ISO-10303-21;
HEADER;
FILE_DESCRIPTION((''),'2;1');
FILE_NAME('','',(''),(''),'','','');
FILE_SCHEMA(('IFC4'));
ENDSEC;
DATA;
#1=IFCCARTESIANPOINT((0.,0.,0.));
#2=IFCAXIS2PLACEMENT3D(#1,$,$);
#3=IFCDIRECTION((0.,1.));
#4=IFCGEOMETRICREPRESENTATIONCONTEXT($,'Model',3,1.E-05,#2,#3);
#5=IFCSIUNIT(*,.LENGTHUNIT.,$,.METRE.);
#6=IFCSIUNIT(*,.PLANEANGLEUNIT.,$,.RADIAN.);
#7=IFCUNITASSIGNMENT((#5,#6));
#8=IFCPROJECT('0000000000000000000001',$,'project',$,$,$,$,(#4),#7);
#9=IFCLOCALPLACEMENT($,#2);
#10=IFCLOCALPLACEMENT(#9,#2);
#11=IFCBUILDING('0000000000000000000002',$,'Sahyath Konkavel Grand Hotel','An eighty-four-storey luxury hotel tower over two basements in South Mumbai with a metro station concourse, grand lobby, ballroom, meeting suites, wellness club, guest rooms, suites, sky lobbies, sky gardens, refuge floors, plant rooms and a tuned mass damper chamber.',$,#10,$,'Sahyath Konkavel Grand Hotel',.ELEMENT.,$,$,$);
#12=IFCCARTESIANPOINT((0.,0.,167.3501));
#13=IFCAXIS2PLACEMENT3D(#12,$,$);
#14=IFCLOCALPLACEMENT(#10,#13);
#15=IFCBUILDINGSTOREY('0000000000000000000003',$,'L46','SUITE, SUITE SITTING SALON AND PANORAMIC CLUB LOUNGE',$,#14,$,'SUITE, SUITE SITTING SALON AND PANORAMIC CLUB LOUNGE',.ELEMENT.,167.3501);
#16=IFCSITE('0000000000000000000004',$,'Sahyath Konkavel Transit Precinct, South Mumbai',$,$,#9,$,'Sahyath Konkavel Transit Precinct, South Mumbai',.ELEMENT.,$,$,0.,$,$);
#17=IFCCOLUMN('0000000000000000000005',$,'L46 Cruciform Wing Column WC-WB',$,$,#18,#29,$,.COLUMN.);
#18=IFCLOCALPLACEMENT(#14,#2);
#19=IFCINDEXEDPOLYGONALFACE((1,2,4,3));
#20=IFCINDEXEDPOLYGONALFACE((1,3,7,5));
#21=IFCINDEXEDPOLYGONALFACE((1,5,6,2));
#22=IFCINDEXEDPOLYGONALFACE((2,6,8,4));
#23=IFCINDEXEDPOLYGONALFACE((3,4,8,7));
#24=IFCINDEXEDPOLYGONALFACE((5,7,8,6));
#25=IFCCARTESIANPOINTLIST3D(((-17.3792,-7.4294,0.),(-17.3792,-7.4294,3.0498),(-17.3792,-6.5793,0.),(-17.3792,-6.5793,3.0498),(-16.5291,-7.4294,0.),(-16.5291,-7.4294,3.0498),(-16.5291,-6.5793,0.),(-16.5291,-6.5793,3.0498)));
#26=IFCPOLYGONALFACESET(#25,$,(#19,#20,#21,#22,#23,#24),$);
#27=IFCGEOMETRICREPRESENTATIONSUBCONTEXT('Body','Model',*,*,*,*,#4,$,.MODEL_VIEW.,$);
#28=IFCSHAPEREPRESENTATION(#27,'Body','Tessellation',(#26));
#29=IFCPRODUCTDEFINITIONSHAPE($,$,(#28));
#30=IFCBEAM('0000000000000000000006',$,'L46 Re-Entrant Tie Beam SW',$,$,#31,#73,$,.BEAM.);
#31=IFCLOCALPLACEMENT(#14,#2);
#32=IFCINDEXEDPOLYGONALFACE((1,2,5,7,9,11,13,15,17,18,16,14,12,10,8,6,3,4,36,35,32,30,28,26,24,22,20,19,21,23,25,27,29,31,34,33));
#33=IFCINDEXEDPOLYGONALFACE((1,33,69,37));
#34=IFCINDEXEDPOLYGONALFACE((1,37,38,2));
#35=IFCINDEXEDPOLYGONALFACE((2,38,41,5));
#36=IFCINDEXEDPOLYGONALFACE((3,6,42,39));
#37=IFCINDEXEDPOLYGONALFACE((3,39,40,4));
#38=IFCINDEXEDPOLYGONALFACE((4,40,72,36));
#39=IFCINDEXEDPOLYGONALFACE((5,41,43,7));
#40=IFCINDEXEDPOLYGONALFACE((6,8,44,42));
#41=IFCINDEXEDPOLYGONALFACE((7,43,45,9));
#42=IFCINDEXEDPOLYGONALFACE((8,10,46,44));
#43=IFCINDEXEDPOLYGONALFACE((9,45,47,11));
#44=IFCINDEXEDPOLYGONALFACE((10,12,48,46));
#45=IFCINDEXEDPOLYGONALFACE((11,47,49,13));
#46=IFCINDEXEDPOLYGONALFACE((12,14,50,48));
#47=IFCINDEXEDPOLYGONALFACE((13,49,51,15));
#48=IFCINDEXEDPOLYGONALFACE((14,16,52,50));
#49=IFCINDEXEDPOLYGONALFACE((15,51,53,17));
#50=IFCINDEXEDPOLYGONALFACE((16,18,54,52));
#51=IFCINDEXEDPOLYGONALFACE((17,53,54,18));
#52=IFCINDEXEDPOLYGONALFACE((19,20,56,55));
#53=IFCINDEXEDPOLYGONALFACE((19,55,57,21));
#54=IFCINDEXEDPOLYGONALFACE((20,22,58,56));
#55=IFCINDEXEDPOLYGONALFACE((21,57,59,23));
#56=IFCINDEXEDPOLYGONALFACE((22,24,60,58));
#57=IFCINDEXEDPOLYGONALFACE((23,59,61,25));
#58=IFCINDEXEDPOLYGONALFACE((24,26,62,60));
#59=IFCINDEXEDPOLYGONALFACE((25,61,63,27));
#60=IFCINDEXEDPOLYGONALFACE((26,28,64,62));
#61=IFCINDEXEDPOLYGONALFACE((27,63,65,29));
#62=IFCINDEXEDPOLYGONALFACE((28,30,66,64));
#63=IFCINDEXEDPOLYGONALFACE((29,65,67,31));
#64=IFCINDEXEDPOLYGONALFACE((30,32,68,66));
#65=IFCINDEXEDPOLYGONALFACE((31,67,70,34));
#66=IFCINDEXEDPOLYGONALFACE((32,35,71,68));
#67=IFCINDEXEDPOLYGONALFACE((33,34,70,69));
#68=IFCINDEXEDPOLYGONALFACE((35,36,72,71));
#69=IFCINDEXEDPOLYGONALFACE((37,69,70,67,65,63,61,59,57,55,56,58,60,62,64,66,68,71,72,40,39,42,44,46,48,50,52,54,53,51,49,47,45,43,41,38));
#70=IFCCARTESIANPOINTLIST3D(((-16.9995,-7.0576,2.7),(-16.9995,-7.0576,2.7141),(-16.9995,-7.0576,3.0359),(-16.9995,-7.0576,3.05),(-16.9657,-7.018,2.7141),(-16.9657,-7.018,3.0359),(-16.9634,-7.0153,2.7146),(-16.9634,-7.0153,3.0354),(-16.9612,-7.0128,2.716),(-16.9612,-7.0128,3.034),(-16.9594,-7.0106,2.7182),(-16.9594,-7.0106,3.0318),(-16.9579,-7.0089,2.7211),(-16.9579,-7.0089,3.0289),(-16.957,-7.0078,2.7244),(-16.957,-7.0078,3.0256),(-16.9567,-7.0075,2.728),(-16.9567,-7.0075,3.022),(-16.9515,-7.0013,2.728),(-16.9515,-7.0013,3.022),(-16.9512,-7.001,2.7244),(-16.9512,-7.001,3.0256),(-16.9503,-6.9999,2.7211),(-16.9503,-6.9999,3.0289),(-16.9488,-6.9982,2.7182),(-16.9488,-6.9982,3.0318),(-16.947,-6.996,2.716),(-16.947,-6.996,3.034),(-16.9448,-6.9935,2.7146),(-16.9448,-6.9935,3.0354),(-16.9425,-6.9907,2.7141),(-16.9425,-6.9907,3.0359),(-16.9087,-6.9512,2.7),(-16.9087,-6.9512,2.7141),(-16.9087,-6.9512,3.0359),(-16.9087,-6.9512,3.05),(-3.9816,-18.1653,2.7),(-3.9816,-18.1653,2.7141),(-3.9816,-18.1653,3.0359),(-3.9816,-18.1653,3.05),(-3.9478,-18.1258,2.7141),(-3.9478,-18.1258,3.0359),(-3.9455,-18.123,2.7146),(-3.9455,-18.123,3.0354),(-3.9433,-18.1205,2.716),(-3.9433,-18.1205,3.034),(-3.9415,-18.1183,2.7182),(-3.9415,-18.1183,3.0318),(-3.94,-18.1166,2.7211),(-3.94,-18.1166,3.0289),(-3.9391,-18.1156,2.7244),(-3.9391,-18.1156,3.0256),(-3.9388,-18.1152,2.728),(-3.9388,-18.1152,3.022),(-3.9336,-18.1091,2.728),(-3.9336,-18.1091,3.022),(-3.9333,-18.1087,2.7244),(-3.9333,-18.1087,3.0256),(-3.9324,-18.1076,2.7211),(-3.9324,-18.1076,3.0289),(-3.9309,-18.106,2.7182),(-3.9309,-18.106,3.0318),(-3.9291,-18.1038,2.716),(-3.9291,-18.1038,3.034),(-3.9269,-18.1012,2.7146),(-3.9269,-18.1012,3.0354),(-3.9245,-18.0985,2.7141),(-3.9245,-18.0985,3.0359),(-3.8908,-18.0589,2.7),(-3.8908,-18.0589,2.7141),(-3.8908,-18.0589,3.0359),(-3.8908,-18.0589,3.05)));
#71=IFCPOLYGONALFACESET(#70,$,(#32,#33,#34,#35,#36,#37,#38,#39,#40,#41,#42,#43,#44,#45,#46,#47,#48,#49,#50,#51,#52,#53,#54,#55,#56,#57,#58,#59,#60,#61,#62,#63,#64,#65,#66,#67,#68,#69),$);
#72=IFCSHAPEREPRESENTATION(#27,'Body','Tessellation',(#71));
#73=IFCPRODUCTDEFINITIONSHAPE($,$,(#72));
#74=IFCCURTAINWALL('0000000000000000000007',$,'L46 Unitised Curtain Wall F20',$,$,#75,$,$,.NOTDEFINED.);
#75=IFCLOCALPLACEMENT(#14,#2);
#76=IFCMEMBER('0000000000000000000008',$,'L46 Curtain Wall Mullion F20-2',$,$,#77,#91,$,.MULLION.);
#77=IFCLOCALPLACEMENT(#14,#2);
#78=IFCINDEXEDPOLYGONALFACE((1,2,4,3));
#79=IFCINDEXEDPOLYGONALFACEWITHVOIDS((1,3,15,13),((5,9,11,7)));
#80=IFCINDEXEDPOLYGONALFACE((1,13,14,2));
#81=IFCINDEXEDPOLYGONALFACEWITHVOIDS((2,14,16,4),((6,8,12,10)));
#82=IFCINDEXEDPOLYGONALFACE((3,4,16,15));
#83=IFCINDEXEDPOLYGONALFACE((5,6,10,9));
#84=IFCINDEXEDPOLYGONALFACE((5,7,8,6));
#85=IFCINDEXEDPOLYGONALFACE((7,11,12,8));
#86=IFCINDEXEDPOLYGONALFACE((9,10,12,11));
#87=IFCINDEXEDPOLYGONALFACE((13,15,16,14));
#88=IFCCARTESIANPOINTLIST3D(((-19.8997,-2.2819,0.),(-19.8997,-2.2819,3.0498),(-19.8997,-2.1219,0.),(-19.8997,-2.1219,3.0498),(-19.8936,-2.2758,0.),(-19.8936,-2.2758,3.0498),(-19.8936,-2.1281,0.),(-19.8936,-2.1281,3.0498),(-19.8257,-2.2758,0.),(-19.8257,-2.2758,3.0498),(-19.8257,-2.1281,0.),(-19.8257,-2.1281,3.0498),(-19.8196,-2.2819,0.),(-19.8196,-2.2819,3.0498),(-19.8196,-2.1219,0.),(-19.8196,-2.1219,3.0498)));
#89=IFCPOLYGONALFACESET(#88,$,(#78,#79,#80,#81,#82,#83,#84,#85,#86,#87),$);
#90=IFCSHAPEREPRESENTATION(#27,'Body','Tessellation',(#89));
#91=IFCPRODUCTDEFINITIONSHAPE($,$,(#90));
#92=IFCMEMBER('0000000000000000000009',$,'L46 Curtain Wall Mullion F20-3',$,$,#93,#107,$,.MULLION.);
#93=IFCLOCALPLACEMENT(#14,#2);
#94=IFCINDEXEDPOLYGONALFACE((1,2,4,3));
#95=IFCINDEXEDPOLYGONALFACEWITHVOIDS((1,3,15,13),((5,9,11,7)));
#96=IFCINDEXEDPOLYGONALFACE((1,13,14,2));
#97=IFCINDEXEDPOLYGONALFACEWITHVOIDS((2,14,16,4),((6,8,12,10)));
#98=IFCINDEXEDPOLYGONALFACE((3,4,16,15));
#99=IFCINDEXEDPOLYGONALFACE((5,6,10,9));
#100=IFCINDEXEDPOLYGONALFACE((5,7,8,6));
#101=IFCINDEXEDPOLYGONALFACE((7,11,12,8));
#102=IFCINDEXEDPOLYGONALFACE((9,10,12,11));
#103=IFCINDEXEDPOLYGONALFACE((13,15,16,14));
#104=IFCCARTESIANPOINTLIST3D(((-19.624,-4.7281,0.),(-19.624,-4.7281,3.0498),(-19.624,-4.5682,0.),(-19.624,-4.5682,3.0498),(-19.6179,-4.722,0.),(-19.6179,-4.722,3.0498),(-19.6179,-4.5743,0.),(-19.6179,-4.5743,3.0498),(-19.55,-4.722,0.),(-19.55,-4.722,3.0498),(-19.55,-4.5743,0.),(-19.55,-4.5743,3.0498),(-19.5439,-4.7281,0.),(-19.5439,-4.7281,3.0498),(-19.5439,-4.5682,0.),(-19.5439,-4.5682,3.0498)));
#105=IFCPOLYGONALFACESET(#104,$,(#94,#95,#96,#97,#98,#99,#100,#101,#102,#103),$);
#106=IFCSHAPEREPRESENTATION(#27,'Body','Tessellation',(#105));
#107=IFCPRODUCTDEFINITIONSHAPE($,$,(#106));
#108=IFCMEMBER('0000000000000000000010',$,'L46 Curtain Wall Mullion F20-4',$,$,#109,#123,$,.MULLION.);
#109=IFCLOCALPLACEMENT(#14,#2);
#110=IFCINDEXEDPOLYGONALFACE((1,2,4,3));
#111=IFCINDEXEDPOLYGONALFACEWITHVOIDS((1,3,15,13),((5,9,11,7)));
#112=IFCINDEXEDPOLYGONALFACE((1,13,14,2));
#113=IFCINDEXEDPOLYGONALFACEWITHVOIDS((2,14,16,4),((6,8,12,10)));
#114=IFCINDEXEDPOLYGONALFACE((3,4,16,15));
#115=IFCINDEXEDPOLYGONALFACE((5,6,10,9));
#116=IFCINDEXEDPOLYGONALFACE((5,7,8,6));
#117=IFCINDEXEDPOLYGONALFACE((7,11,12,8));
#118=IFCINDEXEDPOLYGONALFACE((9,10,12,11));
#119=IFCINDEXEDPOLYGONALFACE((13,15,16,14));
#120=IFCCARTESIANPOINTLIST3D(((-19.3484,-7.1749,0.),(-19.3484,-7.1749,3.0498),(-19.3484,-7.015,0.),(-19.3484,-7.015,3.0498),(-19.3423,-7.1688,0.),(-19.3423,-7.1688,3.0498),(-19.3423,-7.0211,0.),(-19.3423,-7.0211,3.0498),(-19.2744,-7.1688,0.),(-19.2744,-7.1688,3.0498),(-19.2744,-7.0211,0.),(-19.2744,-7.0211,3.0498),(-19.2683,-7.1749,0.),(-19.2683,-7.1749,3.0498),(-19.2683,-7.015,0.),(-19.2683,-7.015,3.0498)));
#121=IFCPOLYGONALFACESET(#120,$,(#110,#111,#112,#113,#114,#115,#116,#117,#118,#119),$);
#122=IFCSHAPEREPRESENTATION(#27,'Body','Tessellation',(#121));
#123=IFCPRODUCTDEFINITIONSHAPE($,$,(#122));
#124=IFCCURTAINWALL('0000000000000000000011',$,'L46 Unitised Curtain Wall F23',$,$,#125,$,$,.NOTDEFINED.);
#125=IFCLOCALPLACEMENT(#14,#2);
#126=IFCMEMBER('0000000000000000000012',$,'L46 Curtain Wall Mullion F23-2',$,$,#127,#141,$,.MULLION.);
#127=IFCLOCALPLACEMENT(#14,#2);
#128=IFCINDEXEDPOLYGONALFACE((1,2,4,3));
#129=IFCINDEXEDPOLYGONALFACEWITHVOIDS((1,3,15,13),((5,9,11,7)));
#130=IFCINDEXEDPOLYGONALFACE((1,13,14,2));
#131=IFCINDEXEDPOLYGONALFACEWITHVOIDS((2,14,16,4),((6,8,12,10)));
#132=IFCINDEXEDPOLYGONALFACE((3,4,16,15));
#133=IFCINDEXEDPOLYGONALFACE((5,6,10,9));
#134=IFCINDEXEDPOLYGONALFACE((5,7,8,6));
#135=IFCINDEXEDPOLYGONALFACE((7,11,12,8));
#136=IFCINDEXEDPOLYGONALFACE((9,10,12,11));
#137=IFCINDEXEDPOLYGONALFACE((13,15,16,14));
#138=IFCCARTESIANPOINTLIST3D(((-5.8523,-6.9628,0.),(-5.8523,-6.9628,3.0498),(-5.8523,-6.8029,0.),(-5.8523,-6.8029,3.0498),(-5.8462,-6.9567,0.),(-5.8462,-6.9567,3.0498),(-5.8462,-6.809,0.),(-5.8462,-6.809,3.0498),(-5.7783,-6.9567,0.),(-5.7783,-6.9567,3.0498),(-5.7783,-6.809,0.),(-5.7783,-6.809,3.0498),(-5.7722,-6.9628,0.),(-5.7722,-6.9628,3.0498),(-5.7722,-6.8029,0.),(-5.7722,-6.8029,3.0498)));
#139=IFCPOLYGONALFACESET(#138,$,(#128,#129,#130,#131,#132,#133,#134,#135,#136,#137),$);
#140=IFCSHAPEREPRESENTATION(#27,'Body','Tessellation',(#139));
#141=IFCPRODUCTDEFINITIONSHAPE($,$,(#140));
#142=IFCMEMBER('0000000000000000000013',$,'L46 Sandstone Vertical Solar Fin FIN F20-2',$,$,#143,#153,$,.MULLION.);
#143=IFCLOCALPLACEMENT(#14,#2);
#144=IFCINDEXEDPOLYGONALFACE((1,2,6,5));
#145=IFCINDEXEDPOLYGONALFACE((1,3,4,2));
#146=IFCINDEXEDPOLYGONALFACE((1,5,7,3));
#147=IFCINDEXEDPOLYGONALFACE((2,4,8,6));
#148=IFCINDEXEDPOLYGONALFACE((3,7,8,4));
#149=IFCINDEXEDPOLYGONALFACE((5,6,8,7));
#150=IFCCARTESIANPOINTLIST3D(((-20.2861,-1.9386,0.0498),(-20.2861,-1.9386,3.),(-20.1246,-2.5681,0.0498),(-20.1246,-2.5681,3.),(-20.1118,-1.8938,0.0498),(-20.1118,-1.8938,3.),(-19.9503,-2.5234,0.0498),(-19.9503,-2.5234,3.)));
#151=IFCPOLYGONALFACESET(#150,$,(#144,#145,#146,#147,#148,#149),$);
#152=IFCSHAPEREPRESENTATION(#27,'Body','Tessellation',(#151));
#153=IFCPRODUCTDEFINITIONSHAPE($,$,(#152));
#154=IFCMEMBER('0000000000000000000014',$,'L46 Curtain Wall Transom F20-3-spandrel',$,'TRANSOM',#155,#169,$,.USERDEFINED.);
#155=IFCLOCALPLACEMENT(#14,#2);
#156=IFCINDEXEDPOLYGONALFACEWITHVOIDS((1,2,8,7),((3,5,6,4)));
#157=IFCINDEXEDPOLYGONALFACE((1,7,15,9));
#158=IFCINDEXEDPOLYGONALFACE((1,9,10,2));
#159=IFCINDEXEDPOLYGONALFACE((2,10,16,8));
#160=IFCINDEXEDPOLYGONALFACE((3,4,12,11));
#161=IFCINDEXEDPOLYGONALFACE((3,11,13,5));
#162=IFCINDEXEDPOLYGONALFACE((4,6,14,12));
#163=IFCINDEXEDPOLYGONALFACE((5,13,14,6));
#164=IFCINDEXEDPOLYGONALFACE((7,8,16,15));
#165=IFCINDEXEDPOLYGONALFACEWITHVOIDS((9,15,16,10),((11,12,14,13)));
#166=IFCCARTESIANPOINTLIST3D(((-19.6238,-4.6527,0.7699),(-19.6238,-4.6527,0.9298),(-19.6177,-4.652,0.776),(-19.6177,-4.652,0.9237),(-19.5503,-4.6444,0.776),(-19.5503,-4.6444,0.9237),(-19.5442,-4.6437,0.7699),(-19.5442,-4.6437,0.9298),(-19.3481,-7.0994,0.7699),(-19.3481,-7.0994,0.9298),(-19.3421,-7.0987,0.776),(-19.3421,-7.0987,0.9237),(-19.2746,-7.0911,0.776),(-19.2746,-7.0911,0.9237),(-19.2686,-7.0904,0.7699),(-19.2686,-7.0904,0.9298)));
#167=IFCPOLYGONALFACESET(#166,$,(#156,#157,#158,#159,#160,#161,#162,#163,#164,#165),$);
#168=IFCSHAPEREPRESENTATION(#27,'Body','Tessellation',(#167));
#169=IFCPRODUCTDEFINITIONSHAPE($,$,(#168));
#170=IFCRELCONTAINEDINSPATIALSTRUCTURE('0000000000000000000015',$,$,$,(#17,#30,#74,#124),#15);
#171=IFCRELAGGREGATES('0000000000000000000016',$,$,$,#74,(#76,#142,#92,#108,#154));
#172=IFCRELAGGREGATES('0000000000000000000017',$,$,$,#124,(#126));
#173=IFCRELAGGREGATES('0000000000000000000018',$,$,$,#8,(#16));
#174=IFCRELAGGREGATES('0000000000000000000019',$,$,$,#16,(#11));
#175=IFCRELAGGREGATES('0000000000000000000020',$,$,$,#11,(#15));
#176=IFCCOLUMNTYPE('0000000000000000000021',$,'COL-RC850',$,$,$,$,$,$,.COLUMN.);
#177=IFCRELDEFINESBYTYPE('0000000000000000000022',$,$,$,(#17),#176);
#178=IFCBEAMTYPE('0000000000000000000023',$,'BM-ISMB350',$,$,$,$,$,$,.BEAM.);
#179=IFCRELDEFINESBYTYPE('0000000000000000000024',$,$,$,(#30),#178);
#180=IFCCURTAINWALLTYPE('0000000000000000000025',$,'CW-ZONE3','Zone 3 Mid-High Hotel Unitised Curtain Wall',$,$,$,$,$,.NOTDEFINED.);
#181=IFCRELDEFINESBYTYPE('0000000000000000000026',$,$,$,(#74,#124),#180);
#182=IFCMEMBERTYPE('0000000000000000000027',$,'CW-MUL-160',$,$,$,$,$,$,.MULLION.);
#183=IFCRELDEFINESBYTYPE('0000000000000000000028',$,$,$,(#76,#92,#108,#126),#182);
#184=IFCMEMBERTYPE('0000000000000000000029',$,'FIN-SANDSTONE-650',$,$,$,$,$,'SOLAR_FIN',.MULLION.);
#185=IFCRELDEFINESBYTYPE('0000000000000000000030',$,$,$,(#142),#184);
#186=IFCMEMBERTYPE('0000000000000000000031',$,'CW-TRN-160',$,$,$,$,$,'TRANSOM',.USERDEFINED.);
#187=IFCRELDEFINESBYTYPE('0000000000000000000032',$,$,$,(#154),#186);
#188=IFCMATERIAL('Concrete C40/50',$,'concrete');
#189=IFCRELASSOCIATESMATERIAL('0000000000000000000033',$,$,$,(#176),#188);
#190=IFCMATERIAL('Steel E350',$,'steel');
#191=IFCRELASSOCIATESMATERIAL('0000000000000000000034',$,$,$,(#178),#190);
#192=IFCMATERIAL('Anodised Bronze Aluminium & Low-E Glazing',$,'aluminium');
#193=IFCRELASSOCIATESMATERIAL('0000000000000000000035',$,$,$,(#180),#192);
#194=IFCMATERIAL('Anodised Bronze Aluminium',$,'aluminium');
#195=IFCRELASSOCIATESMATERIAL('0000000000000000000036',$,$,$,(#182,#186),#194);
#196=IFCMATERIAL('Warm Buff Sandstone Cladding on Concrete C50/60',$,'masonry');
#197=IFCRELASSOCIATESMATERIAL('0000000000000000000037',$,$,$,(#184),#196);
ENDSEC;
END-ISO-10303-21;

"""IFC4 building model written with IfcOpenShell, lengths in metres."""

from ifc_helpers import new_model, si_unit, direction, frame, origin, origin_2d, place, context, subcontext, project, spatial, rectangle, hollow_rectangle, i_section, extrude, source, transform, mapped, material, material_profile, profile_set, type_object, element, aggregate, save


model = new_model("IFC4")

# Units and contexts
model_context = context("Model", 3, precision=1e-05, world=origin(), true_north=direction((0.0, 1.0)))
body_context = subcontext(model_context, "Body", "Model", "MODEL_VIEW")
ifc_project = project(units=[si_unit("LENGTHUNIT", "METRE"), si_unit("PLANEANGLEUNIT", "RADIAN")], contexts=[model_context])

# Site, building, storey
site_placement = place(None, origin())
site = spatial("IfcSite", under=ifc_project, at=site_placement, Name="Sahyath Konkavel Transit Precinct, South Mumbai", LongName="Sahyath Konkavel Transit Precinct, South Mumbai", CompositionType="ELEMENT", RefElevation=0.0)
building_placement = place(site_placement, origin())
building = spatial("IfcBuilding", under=site, at=building_placement, Name="Sahyath Konkavel Grand Hotel", Description="An eighty-four-storey luxury hotel tower over two basements in South Mumbai with a metro station concourse, grand lobby, ballroom, meeting suites, wellness club, guest rooms, suites, sky lobbies, sky gardens, refuge floors, plant rooms and a tuned mass damper chamber.", LongName="Sahyath Konkavel Grand Hotel", CompositionType="ELEMENT")
storey_placement = place(building_placement, frame((0.0, 0.0, 167.3501)))
storey = spatial("IfcBuildingStorey", under=building, at=storey_placement, Name="L46", Description="SUITE, SUITE SITTING SALON AND PANORAMIC CLUB LOUNGE", LongName="SUITE, SUITE SITTING SALON AND PANORAMIC CLUB LOUNGE", CompositionType="ELEMENT", Elevation=167.3501)

# Column
ifc_material_1 = material(Name="Concrete C40/50", Category="concrete")
ifc_material_profile_1 = material_profile(ifc_material_1, rectangle(XDim=0.8501, YDim=0.8501, at=origin_2d()), Name="RC 850x850")
ifc_profile_set_1 = profile_set([ifc_material_profile_1], Name="Concrete C40/50")
column_type = type_object("IfcColumnType", Name="COL-RC850", PredefinedType="COLUMN", material=ifc_profile_set_1)
shared_shape_1 = source(origin(), body_context, "Body", "SweptSolid", [
    extrude(rectangle(XDim=0.8501, YDim=0.8501, at=origin_2d()), origin(), (0.0, 0.0, 1.0), 3.0498),
])
column_placement = place(storey_placement, frame((-16.9541, -7.0044, 0.0), z_axis=(0.0, 0.0, 1.0), x_axis=(1.0, 0.0, 0.0)))
element("IfcColumn", 1, at=column_placement, inside=storey, type_object=column_type, Name="L46 Cruciform Wing Column WC-WB", PredefinedType="COLUMN", context=body_context, shape_type="MappedRepresentation", body=[
    mapped(shared_shape_1, transform((0.0, 0.0, 0.0), scale=1.0)),
])

# Beam
ifc_material_2 = material(Name="Steel E350", Category="steel")
ifc_material_profile_2 = material_profile(ifc_material_2, i_section(OverallWidth=0.1399, OverallDepth=0.3501, WebThickness=0.0081, FlangeThickness=0.0142, FilletRadius=0.0139, at=origin_2d()), Name="ISMB 350")
ifc_profile_set_2 = profile_set([ifc_material_profile_2], Name="Steel E350")
beam_type_1 = type_object("IfcBeamType", Name="BM-ISMB350", PredefinedType="BEAM", material=ifc_profile_set_2)
shared_shape_2 = source(origin(), body_context, "Body", "SweptSolid", [
    extrude(i_section(OverallWidth=0.1399, OverallDepth=0.3501, WebThickness=0.0081, FlangeThickness=0.0142, FilletRadius=0.0139, at=origin_2d()), origin(), (0.0, 0.0, 1.0), 17.1128),
])
beam_1_placement = place(storey_placement, frame((-16.9541, -7.0044, 2.875), z_axis=(0.760712, -0.64909, 0.0), x_axis=(0.64909, 0.760712, 0.0)))
element("IfcBeam", 2, at=beam_1_placement, inside=storey, type_object=beam_type_1, Name="L46 Re-Entrant Tie Beam SW", PredefinedType="BEAM", context=body_context, shape_type="MappedRepresentation", body=[
    mapped(shared_shape_2, transform((0.0, 0.0, 0.0), scale=1.0)),
])

# Curtain wall, members
ifc_material_3 = material(Name="Anodised Bronze Aluminium & Low-E Glazing", Category="aluminium")
curtain_wall_type = type_object("IfcCurtainWallType", Name="CW-ZONE3", Description="Zone 3 Mid-High Hotel Unitised Curtain Wall", PredefinedType="NOTDEFINED", material=ifc_material_3)
curtain_wall_1_placement = place(storey_placement, origin())
curtain_wall_1 = element("IfcCurtainWall", 3, at=curtain_wall_1_placement, inside=storey, type_object=curtain_wall_type, Name="L46 Unitised Curtain Wall F20", PredefinedType="NOTDEFINED")
ifc_material_4 = material(Name="Anodised Bronze Aluminium", Category="aluminium")
ifc_material_profile_3 = material_profile(ifc_material_4, hollow_rectangle(XDim=0.0801, YDim=0.1599, WallThickness=0.0061, at=origin_2d()), Name="RHS 160x80x6")
ifc_profile_set_3 = profile_set([ifc_material_profile_3], Name="Anodised Bronze Aluminium")
member_type_1 = type_object("IfcMemberType", Name="CW-MUL-160", PredefinedType="MULLION", material=ifc_profile_set_3)
shared_shape_3 = source(origin(), body_context, "Body", "SweptSolid", [
    extrude(hollow_rectangle(XDim=0.0801, YDim=0.1599, WallThickness=0.0061, at=origin_2d()), origin(), (0.0, 0.0, 1.0), 3.0498),
])
member_1_placement = place(storey_placement, frame((-19.8596, -2.2019, 0.0), z_axis=(0.0, 0.0, 1.0), x_axis=(1.0, 0.0, 0.0)))
member_1 = element("IfcMember", 4, at=member_1_placement, type_object=member_type_1, Name="L46 Curtain Wall Mullion F20-2", PredefinedType="MULLION", context=body_context, shape_type="MappedRepresentation", body=[
    mapped(shared_shape_3, transform((0.0, 0.0, 0.0), scale=1.0)),
])
member_2_placement = place(storey_placement, frame((-19.584, -4.6482, 0.0), z_axis=(0.0, 0.0, 1.0), x_axis=(1.0, 0.0, 0.0)))
member_2 = element("IfcMember", 5, at=member_2_placement, type_object=member_type_1, Name="L46 Curtain Wall Mullion F20-3", PredefinedType="MULLION", context=body_context, shape_type="MappedRepresentation", body=[
    mapped(shared_shape_3, transform((0.0, 0.0, 0.0), scale=1.0)),
])
member_3_placement = place(storey_placement, frame((-19.3083, -7.095, 0.0), z_axis=(0.0, 0.0, 1.0), x_axis=(1.0, 0.0, 0.0)))
member_3 = element("IfcMember", 6, at=member_3_placement, type_object=member_type_1, Name="L46 Curtain Wall Mullion F20-4", PredefinedType="MULLION", context=body_context, shape_type="MappedRepresentation", body=[
    mapped(shared_shape_3, transform((0.0, 0.0, 0.0), scale=1.0)),
])

# Curtain wall, member
curtain_wall_2_placement = place(storey_placement, origin())
curtain_wall_2 = element("IfcCurtainWall", 7, at=curtain_wall_2_placement, inside=storey, type_object=curtain_wall_type, Name="L46 Unitised Curtain Wall F23", PredefinedType="NOTDEFINED")
member_4_placement = place(storey_placement, frame((-5.8123, -6.8828, 0.0), z_axis=(0.0, 0.0, 1.0), x_axis=(1.0, 0.0, 0.0)))
member_4 = element("IfcMember", 8, at=member_4_placement, type_object=member_type_1, Name="L46 Curtain Wall Mullion F23-2", PredefinedType="MULLION", context=body_context, shape_type="MappedRepresentation", body=[
    mapped(shared_shape_3, transform((0.0, 0.0, 0.0), scale=1.0)),
])

# Members
ifc_material_5 = material(Name="Warm Buff Sandstone Cladding on Concrete C50/60", Category="masonry")
ifc_material_profile_4 = material_profile(ifc_material_5, rectangle(XDim=0.1799, YDim=0.6499, at=origin_2d()), Name="FIN 180x650")
ifc_profile_set_4 = profile_set([ifc_material_profile_4], Name="Warm Buff Sandstone Cladding on Concrete C50/60")
member_type_2 = type_object("IfcMemberType", Name="FIN-SANDSTONE-650", ElementType="SOLAR_FIN", PredefinedType="MULLION", material=ifc_profile_set_4)
shared_shape_4 = source(origin(), body_context, "Body", "SweptSolid", [
    extrude(rectangle(XDim=0.1799, YDim=0.6499, at=origin_2d()), origin(), (0.0, 0.0, 1.0), 2.9502),
])
member_5_placement = place(storey_placement, frame((-20.1182, -2.231, 0.0498), z_axis=(0.0, 0.0, 1.0), x_axis=(0.968627, 0.248521, 0.0)))
member_5 = element("IfcMember", 9, at=member_5_placement, type_object=member_type_2, Name="L46 Sandstone Vertical Solar Fin FIN F20-2", PredefinedType="MULLION", context=body_context, shape_type="MappedRepresentation", body=[
    mapped(shared_shape_4, transform((0.0, 0.0, 0.0), scale=1.0)),
])
ifc_material_profile_5 = material_profile(ifc_material_4, hollow_rectangle(XDim=0.0801, YDim=0.1599, WallThickness=0.0061, at=origin_2d()), Name="RHS 160x80x6")
ifc_profile_set_5 = profile_set([ifc_material_profile_5], Name="Anodised Bronze Aluminium")
member_type_3 = type_object("IfcMemberType", Name="CW-TRN-160", ElementType="TRANSOM", PredefinedType="USERDEFINED", material=ifc_profile_set_5)
shared_shape_5 = source(origin(), body_context, "Body", "SweptSolid", [
    extrude(hollow_rectangle(XDim=0.0801, YDim=0.1599, WallThickness=0.0061, at=origin_2d()), origin(), (0.0, 0.0, 1.0), 2.4622),
])
member_6_placement = place(storey_placement, frame((-19.584, -4.6482, 0.8499), z_axis=(0.111944, -0.993715, 0.0), x_axis=(0.993715, 0.111944, 0.0)))
member_6 = element("IfcMember", 10, at=member_6_placement, type_object=member_type_3, Name="L46 Curtain Wall Transom F20-3-spandrel", ObjectType="TRANSOM", PredefinedType="USERDEFINED", context=body_context, shape_type="MappedRepresentation", body=[
    mapped(shared_shape_5, transform((0.0, 0.0, 0.0), scale=1.0)),
])

aggregate(curtain_wall_1, [member_1, member_5, member_2, member_3, member_6])
aggregate(curtain_wall_2, [member_4])

save(model, "model.ifc")
